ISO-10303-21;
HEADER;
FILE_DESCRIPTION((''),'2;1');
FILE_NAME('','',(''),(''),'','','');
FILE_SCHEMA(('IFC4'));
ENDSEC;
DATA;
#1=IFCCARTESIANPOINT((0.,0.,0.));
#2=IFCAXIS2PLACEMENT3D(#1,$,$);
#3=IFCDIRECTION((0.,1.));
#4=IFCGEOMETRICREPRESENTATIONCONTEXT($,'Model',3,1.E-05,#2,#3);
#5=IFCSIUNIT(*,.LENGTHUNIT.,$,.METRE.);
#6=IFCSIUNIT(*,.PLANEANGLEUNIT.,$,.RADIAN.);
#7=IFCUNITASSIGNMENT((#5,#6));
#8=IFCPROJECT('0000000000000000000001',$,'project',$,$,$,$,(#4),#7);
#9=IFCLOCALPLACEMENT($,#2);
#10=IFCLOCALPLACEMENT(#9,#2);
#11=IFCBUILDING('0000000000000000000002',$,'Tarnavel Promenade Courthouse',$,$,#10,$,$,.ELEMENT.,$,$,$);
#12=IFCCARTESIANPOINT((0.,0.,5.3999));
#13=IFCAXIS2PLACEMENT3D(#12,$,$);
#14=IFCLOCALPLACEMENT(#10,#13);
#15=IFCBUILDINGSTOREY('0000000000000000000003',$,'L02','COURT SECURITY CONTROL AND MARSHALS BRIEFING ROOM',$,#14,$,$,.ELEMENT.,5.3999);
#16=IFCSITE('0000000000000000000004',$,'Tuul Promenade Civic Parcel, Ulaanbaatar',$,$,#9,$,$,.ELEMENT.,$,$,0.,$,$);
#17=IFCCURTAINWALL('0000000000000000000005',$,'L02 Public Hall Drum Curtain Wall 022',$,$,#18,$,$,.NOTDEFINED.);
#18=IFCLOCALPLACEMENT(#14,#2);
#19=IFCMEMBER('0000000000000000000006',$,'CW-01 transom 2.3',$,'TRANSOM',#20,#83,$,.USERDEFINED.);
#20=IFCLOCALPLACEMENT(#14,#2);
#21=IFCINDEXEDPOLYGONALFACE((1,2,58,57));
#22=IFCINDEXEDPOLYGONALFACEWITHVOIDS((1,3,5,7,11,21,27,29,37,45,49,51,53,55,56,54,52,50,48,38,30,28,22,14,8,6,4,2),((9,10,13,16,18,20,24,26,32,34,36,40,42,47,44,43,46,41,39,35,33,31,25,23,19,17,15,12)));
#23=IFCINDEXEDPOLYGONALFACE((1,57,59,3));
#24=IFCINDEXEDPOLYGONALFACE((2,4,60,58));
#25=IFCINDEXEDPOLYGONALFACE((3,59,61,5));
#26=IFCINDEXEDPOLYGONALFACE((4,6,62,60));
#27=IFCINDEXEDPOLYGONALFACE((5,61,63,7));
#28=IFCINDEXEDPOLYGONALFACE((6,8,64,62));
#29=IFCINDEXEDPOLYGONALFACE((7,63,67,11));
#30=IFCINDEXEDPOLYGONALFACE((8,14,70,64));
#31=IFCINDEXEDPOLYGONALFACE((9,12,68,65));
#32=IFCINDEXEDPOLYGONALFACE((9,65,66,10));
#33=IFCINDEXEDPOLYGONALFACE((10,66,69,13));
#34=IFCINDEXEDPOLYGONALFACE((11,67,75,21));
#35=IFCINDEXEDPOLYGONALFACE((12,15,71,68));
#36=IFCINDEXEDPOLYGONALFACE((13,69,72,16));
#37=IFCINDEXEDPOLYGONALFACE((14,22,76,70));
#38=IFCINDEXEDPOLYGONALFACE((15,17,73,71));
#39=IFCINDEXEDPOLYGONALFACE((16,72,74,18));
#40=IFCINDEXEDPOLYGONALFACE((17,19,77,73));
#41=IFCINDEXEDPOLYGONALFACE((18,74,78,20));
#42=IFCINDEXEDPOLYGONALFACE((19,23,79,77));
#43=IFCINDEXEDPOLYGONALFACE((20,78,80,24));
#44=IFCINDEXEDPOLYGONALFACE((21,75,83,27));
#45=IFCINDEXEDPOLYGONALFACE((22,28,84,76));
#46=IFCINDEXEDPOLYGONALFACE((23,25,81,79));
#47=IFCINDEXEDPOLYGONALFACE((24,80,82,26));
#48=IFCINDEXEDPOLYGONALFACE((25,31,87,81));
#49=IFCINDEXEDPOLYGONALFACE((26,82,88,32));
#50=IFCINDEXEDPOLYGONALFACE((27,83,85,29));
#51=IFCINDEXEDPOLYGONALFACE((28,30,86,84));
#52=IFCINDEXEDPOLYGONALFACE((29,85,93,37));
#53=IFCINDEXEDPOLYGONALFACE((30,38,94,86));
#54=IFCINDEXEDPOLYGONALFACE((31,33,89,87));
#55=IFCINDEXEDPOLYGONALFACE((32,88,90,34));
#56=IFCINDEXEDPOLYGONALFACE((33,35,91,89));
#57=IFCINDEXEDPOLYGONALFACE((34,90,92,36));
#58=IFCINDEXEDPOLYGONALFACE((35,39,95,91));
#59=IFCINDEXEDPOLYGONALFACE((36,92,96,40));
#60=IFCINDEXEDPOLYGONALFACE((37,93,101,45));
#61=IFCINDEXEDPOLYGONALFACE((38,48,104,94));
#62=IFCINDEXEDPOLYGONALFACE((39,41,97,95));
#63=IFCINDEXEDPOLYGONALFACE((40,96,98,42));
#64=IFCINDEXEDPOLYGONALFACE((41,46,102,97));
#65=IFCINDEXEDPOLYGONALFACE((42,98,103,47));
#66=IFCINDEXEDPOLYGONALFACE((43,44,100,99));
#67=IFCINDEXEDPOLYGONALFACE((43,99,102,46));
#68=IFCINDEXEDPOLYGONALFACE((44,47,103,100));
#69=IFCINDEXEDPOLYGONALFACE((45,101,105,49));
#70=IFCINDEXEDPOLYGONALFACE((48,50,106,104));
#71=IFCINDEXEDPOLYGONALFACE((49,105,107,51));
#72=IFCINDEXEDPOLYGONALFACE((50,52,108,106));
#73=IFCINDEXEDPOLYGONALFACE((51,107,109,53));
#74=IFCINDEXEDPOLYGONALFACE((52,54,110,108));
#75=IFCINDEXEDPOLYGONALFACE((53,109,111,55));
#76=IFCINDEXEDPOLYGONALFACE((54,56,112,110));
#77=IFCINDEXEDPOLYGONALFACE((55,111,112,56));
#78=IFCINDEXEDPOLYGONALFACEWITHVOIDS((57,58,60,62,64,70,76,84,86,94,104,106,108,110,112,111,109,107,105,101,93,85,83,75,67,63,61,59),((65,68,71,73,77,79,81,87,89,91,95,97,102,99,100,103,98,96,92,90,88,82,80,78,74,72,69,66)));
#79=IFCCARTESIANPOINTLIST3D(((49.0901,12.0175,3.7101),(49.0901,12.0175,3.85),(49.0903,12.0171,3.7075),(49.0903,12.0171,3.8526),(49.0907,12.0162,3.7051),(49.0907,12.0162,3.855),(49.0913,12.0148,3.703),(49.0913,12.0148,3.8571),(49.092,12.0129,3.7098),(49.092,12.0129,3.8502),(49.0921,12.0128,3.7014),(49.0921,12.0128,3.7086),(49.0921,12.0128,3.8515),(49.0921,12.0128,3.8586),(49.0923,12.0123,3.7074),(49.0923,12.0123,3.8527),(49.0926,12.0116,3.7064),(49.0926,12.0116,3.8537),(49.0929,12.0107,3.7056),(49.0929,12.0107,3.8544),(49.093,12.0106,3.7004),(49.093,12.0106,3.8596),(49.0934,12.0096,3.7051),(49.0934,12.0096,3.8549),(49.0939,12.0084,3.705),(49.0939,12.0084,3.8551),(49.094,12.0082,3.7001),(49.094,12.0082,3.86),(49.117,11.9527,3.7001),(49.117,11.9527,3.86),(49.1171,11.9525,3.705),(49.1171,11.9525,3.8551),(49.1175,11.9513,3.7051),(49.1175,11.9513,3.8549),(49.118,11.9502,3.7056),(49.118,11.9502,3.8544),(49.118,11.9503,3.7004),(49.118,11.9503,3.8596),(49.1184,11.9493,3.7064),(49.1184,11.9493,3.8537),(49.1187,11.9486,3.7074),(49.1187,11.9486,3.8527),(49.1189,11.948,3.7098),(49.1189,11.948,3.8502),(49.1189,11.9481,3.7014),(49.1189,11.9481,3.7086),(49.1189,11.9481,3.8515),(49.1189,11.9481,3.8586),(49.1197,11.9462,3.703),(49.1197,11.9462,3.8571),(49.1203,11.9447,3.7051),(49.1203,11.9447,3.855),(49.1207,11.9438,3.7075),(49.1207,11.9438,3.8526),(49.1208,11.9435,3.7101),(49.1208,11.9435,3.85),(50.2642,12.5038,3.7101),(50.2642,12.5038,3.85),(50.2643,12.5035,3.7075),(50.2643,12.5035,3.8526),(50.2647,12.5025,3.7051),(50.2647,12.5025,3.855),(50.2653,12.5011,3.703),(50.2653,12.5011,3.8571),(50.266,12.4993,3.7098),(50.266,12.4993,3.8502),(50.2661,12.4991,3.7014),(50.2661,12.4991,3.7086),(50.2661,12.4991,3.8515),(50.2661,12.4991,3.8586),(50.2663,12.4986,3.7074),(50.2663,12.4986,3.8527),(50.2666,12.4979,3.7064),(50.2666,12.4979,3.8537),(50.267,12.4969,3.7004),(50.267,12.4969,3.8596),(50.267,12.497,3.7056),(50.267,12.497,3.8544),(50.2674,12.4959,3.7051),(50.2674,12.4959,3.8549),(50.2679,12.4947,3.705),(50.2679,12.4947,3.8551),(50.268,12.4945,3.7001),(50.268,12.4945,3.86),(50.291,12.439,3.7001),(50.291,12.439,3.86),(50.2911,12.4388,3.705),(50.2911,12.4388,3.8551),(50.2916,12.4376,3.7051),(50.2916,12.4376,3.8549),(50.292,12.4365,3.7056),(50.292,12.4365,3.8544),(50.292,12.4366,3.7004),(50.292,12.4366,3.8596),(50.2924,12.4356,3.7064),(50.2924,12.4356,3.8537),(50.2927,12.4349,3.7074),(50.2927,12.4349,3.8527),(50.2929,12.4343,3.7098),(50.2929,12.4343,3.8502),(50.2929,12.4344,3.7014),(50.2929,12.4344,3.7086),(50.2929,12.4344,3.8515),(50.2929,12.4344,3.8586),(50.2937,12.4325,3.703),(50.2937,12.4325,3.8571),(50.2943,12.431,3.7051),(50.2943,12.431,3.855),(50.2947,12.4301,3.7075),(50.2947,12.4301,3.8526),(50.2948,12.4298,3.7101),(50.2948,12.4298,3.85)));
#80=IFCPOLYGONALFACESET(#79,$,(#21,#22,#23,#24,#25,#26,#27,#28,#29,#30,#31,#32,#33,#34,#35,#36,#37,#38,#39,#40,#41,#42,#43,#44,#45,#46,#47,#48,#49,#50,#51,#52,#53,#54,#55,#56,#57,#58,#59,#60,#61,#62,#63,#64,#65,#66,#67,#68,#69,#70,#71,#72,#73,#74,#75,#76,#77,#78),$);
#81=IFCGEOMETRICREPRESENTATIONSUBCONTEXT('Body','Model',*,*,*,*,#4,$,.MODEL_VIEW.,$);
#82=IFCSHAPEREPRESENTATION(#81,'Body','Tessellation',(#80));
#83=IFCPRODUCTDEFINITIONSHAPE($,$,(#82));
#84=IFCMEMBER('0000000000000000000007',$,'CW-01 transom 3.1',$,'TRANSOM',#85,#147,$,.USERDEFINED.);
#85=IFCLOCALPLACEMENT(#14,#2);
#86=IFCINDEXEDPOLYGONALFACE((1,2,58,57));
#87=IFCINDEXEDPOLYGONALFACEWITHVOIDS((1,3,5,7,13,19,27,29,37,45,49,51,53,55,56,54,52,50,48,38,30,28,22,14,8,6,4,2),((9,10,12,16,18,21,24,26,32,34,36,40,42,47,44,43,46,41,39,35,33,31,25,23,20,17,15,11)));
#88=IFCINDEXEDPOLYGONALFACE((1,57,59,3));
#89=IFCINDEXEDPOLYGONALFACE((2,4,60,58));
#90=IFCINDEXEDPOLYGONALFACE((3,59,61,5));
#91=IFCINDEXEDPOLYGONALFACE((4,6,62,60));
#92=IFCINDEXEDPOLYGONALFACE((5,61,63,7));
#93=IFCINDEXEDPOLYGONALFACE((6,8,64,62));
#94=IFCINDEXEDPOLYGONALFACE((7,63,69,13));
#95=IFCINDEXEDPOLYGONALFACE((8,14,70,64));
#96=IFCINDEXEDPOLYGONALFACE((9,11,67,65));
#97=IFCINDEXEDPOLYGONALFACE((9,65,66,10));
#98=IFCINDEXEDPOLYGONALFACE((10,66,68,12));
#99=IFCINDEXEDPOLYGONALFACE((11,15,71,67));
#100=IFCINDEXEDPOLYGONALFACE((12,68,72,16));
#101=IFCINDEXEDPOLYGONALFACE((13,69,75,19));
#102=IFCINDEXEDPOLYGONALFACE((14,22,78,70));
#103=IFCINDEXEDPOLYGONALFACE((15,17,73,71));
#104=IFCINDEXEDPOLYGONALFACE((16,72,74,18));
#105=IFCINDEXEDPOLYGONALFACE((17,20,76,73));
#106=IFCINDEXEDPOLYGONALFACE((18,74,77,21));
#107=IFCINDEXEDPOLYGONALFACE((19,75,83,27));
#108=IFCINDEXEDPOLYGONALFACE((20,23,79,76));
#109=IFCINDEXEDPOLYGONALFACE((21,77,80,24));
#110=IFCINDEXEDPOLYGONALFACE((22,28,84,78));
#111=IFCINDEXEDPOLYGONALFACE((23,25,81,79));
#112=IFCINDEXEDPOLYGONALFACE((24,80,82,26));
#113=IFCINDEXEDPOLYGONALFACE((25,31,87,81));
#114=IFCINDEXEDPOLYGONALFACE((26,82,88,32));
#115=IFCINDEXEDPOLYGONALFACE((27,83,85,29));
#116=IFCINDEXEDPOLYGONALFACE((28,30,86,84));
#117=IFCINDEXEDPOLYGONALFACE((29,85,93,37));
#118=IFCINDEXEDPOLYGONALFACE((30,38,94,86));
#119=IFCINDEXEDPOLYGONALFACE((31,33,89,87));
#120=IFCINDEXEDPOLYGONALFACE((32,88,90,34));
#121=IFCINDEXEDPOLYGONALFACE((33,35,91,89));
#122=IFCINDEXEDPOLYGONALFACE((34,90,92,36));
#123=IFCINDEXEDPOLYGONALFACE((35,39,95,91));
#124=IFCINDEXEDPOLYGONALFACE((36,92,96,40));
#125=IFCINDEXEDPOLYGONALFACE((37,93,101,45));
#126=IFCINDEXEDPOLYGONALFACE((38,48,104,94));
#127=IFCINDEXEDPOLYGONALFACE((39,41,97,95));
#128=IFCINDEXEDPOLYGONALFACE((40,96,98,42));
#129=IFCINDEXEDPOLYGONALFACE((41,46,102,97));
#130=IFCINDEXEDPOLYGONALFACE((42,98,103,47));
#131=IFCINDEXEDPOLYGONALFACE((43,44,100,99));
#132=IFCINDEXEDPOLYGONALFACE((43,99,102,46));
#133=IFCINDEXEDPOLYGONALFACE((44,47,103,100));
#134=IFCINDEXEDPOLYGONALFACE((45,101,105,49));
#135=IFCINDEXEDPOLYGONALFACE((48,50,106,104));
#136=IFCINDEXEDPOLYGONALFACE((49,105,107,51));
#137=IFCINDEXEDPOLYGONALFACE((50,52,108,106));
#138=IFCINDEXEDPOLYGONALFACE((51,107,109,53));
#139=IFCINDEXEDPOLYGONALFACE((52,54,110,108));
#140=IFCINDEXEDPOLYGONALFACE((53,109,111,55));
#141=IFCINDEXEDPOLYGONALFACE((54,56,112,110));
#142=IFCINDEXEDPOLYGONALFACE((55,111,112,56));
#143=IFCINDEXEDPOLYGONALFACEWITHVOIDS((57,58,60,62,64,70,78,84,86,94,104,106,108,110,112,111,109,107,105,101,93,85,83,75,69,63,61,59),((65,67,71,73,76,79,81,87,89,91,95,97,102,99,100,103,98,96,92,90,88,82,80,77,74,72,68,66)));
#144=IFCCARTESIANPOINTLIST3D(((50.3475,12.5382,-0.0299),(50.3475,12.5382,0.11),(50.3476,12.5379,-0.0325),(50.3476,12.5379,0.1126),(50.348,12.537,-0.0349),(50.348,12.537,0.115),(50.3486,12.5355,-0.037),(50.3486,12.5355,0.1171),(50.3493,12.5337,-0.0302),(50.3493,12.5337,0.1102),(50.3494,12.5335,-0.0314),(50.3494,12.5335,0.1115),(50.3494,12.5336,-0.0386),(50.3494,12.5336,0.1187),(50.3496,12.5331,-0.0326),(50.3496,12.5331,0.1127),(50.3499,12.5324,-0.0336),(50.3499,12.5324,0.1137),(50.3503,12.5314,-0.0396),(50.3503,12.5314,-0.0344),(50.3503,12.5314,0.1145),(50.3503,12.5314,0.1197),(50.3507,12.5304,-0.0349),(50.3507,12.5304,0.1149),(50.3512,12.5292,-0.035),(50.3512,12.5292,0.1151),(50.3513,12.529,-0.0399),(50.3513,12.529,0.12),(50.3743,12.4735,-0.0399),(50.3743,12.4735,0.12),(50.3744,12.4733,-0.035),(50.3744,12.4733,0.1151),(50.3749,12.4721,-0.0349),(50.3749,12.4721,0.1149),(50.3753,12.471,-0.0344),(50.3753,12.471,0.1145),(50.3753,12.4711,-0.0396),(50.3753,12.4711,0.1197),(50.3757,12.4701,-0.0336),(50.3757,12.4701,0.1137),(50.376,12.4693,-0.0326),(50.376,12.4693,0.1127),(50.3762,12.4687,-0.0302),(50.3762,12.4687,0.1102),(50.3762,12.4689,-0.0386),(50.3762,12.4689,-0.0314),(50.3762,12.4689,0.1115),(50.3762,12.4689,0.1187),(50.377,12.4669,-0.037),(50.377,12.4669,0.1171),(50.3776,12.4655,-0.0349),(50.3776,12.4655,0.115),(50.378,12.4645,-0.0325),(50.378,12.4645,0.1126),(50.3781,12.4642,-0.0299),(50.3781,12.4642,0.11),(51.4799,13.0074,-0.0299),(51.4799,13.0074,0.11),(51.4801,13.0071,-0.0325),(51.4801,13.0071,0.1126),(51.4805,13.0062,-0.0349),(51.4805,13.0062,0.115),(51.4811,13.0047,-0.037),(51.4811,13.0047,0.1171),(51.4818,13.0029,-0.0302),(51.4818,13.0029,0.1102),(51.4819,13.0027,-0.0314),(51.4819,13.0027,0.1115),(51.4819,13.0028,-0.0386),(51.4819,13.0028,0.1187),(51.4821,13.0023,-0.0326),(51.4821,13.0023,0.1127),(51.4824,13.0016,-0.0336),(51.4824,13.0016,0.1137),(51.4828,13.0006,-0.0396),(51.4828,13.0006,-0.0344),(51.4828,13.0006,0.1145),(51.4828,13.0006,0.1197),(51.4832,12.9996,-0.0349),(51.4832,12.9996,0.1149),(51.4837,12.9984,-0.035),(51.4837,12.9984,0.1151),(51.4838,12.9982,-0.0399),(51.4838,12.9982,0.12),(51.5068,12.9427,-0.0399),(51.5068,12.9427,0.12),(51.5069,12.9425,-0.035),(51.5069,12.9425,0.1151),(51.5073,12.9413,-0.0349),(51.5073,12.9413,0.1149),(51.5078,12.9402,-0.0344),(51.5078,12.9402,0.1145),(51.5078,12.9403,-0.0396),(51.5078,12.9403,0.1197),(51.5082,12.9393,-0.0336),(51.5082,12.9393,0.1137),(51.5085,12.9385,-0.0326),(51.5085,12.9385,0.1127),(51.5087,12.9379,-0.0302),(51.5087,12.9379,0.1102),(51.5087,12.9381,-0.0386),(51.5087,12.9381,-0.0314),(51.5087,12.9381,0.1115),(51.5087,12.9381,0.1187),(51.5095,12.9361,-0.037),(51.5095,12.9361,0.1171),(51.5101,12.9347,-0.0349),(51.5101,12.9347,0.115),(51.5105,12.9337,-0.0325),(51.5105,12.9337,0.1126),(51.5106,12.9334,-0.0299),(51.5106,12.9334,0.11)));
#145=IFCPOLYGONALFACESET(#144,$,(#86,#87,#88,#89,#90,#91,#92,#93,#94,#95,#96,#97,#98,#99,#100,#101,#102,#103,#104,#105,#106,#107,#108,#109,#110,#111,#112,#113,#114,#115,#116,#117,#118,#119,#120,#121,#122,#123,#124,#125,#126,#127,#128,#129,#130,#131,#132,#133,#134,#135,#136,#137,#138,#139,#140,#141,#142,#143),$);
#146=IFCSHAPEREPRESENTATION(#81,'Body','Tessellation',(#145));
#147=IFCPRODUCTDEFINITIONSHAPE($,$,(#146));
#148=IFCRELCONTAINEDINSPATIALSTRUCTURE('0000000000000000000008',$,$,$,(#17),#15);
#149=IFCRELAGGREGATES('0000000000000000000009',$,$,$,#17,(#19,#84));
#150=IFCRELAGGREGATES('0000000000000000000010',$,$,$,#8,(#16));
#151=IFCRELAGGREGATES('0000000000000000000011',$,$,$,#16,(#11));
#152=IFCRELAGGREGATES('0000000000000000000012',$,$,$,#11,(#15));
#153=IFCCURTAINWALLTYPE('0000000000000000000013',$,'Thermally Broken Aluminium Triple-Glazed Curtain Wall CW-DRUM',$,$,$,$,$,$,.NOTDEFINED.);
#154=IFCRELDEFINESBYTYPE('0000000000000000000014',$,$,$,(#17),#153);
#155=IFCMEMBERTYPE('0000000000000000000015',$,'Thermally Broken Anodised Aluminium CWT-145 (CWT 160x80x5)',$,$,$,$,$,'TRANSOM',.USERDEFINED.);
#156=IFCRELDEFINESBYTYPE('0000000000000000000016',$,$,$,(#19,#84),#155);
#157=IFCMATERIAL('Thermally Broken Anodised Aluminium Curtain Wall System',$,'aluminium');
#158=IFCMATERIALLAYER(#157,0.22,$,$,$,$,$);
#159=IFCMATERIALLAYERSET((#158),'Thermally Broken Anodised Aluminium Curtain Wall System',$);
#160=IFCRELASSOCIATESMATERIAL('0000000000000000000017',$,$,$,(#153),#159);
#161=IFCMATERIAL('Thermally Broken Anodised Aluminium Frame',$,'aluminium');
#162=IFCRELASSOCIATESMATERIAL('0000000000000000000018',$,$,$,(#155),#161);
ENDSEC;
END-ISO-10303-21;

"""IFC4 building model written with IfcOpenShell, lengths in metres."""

from ifc_helpers import new_model, si_unit, direction, frame, origin, origin_2d, place, context, subcontext, project, spatial, hollow_rectangle, extrude, material, layer, layer_set, material_profile, profile_set, type_object, element, aggregate, save


model = new_model("IFC4")

# Units and contexts
model_context = context("Model", 3, precision=1e-05, world=origin(), true_north=direction((0.0, 1.0)))
body_context = subcontext(model_context, "Body", "Model", "MODEL_VIEW")
ifc_project = project(units=[si_unit("LENGTHUNIT", "METRE"), si_unit("PLANEANGLEUNIT", "RADIAN")], contexts=[model_context])

# Site, building, storey
site_placement = place(None, origin())
site = spatial("IfcSite", under=ifc_project, at=site_placement, Name="Tuul Promenade Civic Parcel, Ulaanbaatar", CompositionType="ELEMENT", RefElevation=0.0)
building_placement = place(site_placement, origin())
building = spatial("IfcBuilding", under=site, at=building_placement, Name="Tarnavel Promenade Courthouse", CompositionType="ELEMENT")
storey_placement = place(building_placement, frame((0.0, 0.0, 5.3999)))
storey = spatial("IfcBuildingStorey", under=building, at=storey_placement, Name="L02", Description="COURT SECURITY CONTROL AND MARSHALS BRIEFING ROOM", CompositionType="ELEMENT", Elevation=5.3999)

# Curtain wall
ifc_material_1 = material(Name="Thermally Broken Anodised Aluminium Curtain Wall System", Category="aluminium")
ifc_layer_1 = layer(ifc_material_1, 0.22)
ifc_layer_set_1 = layer_set([ifc_layer_1], Name="Thermally Broken Anodised Aluminium Curtain Wall System")
curtain_wall_type = type_object("IfcCurtainWallType", Name="Thermally Broken Aluminium Triple-Glazed Curtain Wall CW-DRUM", PredefinedType="NOTDEFINED", material=ifc_layer_set_1)
ifc_material_2 = material(Name="Thermally Broken Anodised Aluminium Frame", Category="aluminium")
curtain_wall_1_placement = place(storey_placement, origin())
curtain_wall_1 = element("IfcCurtainWall", 1, at=curtain_wall_1_placement, inside=storey, type_object=curtain_wall_type, Name="L02 Public Hall Drum Curtain Wall 022", PredefinedType="NOTDEFINED")

# Members
ifc_material_profile_1 = material_profile(ifc_material_2, hollow_rectangle(XDim=0.0801, YDim=0.1599, WallThickness=0.0049, InnerFilletRadius=0.0049, OuterFilletRadius=0.01, at=origin_2d()), Name="CWT 160x80x5")
ifc_profile_set_1 = profile_set([ifc_material_profile_1], Name="Thermally Broken Anodised Aluminium Frame")
member_type_1 = type_object("IfcMemberType", Name="Thermally Broken Anodised Aluminium CWT-145 (CWT 160x80x5)", ElementType="TRANSOM", PredefinedType="USERDEFINED", material=ifc_profile_set_1)
member_1_placement = place(storey_placement, frame((49.1055, 11.9805, 3.78), z_axis=(0.923876, 0.382691, 0.0), x_axis=(-0.382691, 0.923876, 0.0)))
member_1 = element("IfcMember", 2, at=member_1_placement, type_object=member_type_1, Name="CW-01 transom 2.3", ObjectType="TRANSOM", PredefinedType="USERDEFINED", context=body_context, shape_type="SweptSolid", body=[
    extrude(hollow_rectangle(XDim=0.0801, YDim=0.1599, WallThickness=0.0049, InnerFilletRadius=0.0049, OuterFilletRadius=0.01, at=origin_2d()), origin(), (0.0, 0.0, 1.0), 1.2708),
])
member_2_placement = place(storey_placement, frame((50.3628, 12.5012, 0.04), z_axis=(0.923847, 0.382762, 0.0), x_axis=(-0.382762, 0.923847, 0.0)))
member_2 = element("IfcMember", 3, at=member_2_placement, type_object=member_type_1, Name="CW-01 transom 3.1", ObjectType="TRANSOM", PredefinedType="USERDEFINED", context=body_context, shape_type="SweptSolid", body=[
    extrude(hollow_rectangle(XDim=0.0801, YDim=0.1599, WallThickness=0.0049, InnerFilletRadius=0.0049, OuterFilletRadius=0.01, at=origin_2d()), origin(), (0.0, 0.0, 1.0), 1.2258),
])

aggregate(curtain_wall_1, [member_1, member_2])

save(model, "model.ifc")
